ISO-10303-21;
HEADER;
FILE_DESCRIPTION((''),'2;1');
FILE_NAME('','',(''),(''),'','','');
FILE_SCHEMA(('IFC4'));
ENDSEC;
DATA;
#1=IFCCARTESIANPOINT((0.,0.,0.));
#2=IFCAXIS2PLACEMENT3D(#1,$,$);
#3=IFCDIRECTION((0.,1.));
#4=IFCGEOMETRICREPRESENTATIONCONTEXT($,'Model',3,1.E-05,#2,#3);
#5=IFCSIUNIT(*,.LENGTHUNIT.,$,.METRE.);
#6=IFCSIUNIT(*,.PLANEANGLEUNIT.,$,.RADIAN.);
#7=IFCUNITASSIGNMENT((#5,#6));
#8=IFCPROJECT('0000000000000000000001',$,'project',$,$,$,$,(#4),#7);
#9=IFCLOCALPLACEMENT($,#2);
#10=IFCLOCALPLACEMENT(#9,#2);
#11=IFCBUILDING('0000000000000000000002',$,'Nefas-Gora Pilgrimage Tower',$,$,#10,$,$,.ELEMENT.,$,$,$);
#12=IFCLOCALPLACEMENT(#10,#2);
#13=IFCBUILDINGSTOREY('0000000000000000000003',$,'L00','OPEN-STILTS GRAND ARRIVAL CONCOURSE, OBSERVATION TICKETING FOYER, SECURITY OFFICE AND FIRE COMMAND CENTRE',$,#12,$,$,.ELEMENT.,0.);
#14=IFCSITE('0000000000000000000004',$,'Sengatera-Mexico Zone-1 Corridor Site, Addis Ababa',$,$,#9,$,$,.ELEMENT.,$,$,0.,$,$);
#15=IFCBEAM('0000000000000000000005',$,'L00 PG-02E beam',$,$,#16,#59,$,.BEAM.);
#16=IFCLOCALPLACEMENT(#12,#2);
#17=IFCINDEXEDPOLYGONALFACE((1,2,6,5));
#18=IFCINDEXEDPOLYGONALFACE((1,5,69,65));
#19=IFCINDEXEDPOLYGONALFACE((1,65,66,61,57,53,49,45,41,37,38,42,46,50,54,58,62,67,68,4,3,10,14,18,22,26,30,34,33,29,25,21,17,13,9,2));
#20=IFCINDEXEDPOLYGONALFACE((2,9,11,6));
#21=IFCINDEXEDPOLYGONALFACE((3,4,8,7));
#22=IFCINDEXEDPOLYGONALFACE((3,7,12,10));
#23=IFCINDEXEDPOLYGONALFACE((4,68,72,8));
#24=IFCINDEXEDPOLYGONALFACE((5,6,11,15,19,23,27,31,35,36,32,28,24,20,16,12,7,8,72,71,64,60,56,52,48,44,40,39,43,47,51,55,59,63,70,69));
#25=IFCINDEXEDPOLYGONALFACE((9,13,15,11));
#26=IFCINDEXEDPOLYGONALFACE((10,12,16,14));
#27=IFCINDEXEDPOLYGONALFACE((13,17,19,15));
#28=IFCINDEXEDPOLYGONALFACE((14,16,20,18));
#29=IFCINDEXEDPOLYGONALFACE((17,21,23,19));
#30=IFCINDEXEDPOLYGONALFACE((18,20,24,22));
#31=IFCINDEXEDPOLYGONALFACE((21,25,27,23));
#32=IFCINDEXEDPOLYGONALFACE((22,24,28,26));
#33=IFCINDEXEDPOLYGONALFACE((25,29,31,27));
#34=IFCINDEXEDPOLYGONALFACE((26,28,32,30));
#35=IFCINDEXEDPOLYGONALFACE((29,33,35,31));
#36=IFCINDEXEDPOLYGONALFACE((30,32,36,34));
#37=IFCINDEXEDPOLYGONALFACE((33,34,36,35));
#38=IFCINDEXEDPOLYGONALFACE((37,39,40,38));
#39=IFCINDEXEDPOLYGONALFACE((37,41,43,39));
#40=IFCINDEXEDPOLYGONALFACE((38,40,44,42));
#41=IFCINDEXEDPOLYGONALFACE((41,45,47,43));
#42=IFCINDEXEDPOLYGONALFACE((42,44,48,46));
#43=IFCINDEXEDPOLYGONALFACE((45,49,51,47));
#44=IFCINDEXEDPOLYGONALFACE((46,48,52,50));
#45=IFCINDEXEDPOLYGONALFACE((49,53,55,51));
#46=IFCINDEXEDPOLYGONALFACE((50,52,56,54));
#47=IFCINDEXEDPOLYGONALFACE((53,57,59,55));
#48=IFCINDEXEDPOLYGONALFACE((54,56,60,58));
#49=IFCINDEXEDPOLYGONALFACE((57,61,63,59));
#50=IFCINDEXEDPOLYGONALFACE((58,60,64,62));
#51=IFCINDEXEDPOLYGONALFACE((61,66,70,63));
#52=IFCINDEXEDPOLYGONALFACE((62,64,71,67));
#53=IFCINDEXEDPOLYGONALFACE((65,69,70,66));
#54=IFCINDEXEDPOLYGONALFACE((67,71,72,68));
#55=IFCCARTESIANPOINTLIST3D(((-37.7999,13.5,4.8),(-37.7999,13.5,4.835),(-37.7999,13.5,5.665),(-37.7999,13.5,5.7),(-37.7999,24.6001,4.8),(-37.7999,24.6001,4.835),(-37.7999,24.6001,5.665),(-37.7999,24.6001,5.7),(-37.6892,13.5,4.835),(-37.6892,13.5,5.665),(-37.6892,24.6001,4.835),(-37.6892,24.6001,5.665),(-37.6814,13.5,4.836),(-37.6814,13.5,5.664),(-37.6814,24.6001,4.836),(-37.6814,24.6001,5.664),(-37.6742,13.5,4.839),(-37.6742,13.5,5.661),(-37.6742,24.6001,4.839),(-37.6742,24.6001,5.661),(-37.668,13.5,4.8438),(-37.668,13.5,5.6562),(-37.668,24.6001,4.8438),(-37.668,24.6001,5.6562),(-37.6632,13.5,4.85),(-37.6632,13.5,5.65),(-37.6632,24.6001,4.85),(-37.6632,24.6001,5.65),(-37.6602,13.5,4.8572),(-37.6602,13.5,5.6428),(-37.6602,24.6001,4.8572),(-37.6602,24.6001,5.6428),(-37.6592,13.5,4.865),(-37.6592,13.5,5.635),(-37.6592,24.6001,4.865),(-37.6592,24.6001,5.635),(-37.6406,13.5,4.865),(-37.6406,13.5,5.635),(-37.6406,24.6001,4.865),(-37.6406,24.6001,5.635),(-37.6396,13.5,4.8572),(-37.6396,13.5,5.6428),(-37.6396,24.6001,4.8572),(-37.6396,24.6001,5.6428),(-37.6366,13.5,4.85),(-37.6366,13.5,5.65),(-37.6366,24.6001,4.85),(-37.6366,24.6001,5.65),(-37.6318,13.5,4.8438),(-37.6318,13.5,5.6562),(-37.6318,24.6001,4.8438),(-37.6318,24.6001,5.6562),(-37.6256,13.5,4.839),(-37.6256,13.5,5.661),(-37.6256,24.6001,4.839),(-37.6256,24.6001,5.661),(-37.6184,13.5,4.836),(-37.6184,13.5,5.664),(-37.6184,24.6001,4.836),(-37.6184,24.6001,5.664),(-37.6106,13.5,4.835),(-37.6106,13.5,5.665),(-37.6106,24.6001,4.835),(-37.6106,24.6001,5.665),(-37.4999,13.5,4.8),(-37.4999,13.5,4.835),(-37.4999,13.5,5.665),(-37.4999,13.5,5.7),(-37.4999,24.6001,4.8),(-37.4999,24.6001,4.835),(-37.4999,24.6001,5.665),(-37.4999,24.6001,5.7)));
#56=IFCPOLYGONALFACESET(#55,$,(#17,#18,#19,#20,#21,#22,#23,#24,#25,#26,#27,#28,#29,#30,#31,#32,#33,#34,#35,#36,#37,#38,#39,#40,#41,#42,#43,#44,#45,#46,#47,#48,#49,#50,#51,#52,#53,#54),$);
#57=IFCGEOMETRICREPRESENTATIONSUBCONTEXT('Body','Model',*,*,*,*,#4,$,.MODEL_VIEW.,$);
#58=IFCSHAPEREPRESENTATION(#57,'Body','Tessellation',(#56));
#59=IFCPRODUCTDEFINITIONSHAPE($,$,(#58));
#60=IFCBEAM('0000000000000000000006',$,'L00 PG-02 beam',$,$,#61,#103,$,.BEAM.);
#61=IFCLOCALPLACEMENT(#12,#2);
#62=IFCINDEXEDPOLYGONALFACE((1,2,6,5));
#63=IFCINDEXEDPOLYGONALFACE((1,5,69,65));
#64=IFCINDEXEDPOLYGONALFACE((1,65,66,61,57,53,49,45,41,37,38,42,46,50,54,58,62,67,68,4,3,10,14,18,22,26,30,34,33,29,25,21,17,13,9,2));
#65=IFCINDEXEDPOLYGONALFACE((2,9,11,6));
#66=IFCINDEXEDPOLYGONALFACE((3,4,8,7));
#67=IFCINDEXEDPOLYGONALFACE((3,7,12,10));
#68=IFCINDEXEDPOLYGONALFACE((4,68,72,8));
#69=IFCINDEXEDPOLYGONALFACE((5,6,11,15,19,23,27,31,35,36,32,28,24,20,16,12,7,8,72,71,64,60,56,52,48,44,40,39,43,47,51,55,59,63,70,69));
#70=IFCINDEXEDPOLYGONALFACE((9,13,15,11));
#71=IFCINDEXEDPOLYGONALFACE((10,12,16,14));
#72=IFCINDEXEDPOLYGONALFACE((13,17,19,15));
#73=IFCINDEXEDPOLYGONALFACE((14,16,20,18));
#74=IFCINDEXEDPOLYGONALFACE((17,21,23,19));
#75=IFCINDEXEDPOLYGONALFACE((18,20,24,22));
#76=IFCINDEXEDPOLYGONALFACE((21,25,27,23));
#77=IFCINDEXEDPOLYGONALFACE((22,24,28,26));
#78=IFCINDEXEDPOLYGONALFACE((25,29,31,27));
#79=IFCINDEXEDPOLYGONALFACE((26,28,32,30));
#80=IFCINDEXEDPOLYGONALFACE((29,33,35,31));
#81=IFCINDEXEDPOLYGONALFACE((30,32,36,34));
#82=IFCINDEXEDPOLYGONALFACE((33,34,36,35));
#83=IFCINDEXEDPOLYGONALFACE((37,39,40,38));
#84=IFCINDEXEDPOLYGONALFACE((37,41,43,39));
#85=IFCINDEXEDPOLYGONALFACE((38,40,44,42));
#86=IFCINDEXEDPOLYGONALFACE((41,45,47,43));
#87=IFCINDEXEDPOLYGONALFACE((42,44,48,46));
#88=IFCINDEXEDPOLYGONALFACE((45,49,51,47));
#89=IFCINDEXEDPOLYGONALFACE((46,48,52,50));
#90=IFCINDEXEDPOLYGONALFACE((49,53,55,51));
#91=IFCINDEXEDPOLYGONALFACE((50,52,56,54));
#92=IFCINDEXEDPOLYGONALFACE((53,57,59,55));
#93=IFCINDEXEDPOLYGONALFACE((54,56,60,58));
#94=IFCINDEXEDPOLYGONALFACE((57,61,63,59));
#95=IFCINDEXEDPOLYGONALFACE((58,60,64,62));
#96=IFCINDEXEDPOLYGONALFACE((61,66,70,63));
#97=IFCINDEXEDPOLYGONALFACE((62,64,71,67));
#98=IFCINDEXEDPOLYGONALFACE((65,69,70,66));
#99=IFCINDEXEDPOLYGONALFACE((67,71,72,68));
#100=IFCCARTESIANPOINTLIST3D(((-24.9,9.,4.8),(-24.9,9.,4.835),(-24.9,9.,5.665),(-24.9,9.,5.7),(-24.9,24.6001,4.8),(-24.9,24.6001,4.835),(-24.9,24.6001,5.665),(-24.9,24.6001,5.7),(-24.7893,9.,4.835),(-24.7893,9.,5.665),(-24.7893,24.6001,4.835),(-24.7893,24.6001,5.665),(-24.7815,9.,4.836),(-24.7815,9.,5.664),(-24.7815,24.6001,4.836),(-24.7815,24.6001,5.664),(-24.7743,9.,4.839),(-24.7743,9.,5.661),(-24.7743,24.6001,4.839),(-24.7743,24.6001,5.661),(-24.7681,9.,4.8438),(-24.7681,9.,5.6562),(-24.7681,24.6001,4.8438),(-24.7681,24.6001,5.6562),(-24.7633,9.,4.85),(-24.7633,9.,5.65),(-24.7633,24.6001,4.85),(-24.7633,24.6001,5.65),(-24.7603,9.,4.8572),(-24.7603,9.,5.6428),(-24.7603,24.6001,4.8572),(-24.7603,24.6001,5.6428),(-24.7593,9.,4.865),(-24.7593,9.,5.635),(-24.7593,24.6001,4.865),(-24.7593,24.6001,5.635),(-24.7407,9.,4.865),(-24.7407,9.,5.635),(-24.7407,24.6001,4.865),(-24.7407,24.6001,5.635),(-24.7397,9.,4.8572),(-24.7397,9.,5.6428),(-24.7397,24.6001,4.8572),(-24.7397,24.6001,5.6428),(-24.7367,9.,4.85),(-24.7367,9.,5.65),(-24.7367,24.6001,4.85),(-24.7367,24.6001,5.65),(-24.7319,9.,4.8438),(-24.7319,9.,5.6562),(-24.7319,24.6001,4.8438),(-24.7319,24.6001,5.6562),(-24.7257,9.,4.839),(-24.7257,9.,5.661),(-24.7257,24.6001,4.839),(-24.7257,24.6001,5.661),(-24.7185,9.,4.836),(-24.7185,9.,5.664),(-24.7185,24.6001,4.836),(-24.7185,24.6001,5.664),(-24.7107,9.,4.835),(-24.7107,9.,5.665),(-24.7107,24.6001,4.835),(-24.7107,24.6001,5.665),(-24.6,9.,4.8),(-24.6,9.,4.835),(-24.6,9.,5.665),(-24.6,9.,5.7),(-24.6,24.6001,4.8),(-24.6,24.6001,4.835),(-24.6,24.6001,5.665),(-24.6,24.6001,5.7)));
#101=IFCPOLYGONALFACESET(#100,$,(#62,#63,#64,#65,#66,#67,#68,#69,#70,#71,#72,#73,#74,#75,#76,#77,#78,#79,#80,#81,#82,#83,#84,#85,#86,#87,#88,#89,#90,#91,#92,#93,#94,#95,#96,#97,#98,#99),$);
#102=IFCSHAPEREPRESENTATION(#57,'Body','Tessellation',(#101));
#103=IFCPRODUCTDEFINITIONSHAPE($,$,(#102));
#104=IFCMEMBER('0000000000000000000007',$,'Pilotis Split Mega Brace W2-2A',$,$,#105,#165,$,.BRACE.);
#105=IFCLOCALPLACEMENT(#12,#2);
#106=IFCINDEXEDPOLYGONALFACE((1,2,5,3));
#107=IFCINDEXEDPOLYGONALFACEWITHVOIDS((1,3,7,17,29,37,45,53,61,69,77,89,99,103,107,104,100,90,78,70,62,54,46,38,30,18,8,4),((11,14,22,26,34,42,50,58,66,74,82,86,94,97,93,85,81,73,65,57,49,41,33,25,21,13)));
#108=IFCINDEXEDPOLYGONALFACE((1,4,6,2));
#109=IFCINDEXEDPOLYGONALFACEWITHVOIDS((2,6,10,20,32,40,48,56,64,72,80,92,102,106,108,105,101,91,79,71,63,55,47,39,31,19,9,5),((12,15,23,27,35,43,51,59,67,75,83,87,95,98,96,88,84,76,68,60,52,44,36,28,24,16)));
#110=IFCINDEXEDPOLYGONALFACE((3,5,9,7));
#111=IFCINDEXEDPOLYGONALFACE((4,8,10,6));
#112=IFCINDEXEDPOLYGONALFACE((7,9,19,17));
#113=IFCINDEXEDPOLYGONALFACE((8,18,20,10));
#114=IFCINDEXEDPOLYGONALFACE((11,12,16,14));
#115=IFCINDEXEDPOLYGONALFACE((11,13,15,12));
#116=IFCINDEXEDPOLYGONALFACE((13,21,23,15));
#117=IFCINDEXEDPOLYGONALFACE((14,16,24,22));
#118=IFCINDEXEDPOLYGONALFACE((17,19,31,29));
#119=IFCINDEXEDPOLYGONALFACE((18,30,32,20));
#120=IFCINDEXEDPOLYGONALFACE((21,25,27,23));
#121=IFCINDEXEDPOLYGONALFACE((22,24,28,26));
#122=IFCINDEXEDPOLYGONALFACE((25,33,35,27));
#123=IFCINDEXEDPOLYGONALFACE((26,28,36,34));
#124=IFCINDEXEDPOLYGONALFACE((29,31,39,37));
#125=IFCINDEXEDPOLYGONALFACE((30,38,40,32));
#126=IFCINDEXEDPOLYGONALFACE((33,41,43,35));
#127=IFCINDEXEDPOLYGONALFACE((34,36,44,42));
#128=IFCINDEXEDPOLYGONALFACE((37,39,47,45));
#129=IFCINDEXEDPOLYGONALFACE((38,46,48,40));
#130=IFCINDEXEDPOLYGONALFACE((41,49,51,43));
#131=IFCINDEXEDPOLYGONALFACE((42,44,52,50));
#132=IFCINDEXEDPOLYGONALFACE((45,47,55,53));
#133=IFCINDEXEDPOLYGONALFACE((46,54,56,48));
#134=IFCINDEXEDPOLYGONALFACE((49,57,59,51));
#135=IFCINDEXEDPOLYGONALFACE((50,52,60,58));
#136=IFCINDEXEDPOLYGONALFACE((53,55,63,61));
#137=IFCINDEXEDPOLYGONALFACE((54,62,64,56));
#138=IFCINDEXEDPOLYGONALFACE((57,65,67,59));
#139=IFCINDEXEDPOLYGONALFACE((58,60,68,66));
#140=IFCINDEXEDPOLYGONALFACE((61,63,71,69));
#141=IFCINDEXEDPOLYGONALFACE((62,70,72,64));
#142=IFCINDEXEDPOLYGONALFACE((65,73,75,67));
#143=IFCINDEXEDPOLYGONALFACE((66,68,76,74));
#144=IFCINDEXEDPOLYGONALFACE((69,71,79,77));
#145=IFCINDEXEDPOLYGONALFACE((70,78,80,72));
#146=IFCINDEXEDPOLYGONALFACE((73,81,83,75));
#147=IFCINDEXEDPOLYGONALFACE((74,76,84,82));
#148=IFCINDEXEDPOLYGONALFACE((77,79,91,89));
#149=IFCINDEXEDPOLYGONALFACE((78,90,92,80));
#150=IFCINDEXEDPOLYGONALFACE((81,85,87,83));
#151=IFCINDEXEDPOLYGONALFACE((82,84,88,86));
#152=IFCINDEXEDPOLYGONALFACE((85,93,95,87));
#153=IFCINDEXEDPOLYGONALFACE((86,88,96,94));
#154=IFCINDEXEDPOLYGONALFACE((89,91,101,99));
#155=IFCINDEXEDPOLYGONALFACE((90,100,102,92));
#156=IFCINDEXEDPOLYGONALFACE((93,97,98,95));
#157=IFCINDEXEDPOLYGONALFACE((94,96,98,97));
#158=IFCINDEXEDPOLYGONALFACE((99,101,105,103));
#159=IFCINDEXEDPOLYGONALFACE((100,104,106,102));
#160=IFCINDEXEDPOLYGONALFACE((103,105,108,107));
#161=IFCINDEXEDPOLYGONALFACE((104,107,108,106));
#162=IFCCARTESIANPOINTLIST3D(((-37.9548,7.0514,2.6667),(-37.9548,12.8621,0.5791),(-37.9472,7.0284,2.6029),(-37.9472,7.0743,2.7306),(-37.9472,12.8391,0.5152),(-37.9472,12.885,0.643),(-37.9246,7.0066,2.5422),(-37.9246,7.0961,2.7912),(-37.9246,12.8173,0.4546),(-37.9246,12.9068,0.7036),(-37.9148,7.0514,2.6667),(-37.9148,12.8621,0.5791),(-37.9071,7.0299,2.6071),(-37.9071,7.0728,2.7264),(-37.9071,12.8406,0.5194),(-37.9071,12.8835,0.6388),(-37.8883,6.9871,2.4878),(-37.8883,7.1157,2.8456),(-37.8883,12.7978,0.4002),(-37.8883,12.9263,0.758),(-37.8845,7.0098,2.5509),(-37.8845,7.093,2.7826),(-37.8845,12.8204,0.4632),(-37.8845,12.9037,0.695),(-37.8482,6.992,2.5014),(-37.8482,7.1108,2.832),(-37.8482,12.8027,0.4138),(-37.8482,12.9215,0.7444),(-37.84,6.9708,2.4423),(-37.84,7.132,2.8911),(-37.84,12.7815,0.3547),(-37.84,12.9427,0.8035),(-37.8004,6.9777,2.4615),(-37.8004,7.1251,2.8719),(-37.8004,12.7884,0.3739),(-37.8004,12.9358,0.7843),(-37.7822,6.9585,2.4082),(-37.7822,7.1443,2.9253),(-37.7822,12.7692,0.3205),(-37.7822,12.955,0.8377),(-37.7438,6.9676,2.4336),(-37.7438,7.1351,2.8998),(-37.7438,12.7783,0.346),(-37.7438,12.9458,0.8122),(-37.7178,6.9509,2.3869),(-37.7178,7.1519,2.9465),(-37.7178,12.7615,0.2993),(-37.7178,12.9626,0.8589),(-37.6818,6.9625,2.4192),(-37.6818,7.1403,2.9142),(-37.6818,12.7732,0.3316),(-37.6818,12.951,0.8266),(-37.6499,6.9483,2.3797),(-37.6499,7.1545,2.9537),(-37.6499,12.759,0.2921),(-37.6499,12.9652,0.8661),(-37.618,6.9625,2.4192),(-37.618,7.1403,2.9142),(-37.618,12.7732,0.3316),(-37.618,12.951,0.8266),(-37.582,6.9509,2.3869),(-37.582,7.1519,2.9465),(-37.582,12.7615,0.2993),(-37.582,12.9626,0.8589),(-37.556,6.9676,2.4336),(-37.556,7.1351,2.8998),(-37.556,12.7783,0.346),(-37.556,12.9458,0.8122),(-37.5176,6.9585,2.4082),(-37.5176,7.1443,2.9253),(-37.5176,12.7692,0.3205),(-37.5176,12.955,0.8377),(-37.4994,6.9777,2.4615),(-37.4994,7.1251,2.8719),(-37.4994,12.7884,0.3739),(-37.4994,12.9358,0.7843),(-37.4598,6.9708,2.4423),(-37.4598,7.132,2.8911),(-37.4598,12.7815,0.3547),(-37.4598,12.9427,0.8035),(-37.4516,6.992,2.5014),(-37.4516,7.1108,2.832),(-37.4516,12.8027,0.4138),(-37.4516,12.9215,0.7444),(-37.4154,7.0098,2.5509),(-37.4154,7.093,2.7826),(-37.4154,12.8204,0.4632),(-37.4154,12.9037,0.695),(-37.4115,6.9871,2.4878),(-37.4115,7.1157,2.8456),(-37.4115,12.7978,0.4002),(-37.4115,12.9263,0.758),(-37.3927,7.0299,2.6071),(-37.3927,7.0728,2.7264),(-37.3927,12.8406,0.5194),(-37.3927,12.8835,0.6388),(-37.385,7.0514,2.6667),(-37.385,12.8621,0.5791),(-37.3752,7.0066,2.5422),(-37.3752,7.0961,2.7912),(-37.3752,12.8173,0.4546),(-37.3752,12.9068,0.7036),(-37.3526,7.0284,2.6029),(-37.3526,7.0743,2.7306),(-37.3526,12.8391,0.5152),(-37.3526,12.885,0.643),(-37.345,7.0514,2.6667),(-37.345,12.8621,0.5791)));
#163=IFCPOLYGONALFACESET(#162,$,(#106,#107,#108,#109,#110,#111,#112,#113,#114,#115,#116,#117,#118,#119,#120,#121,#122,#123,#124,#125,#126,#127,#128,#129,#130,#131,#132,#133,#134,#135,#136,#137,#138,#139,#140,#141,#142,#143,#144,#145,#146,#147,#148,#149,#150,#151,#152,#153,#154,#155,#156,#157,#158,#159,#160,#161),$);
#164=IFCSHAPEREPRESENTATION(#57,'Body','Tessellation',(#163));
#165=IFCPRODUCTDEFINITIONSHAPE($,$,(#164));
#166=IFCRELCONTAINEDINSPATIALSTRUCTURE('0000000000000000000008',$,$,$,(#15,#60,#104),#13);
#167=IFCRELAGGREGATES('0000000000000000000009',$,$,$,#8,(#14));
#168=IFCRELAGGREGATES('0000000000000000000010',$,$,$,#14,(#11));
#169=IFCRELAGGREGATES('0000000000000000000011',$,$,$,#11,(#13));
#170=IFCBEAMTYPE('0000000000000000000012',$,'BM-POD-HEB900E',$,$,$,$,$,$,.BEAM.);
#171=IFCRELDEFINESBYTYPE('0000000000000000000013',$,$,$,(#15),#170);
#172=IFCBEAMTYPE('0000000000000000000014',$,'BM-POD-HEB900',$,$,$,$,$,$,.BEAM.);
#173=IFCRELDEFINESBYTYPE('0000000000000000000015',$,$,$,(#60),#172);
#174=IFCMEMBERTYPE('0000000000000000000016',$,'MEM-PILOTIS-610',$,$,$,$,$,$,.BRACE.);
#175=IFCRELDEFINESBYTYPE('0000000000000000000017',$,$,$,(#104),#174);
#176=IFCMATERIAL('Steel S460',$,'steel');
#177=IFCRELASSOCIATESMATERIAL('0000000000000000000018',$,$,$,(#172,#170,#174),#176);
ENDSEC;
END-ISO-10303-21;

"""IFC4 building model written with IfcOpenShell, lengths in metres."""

from ifc_helpers import new_model, si_unit, direction, frame, origin, origin_2d, place, context, subcontext, project, spatial, hollow_circle, i_section, extrude, source, transform, mapped, material, material_profile, profile_set, type_object, element, save


model = new_model("IFC4")

# Units and contexts
model_context = context("Model", 3, precision=1e-05, world=origin(), true_north=direction((0.0, 1.0)))
body_context = subcontext(model_context, "Body", "Model", "MODEL_VIEW")
ifc_project = project(units=[si_unit("LENGTHUNIT", "METRE"), si_unit("PLANEANGLEUNIT", "RADIAN")], contexts=[model_context])

# Site, building, storey
site_placement = place(None, origin())
site = spatial("IfcSite", under=ifc_project, at=site_placement, Name="Sengatera-Mexico Zone-1 Corridor Site, Addis Ababa", CompositionType="ELEMENT", RefElevation=0.0)
building_placement = place(site_placement, origin())
building = spatial("IfcBuilding", under=site, at=building_placement, Name="Nefas-Gora Pilgrimage Tower", CompositionType="ELEMENT")
storey_placement = place(building_placement, origin())
storey = spatial("IfcBuildingStorey", under=building, at=storey_placement, Name="L00", Description="OPEN-STILTS GRAND ARRIVAL CONCOURSE, OBSERVATION TICKETING FOYER, SECURITY OFFICE AND FIRE COMMAND CENTRE", CompositionType="ELEMENT", Elevation=0.0)

# Shared definitions
ifc_material_1 = material(Name="Steel S460", Category="steel")

# Beams
ifc_material_profile_1 = material_profile(ifc_material_1, i_section(OverallWidth=0.3, OverallDepth=0.8999, WebThickness=0.0186, FlangeThickness=0.0349, FilletRadius=0.03, at=origin_2d()), Name="HEB 900")
ifc_profile_set_1 = profile_set([ifc_material_profile_1], Name="Steel S460")
beam_type_1 = type_object("IfcBeamType", Name="BM-POD-HEB900", PredefinedType="BEAM", material=ifc_profile_set_1)
ifc_material_profile_2 = material_profile(ifc_material_1, i_section(OverallWidth=0.3, OverallDepth=0.8999, WebThickness=0.0186, FlangeThickness=0.0349, FilletRadius=0.03, at=origin_2d()), Name="HEB 900")
ifc_profile_set_2 = profile_set([ifc_material_profile_2], Name="Steel S460")
beam_type_2 = type_object("IfcBeamType", Name="BM-POD-HEB900E", PredefinedType="BEAM", material=ifc_profile_set_2)
shared_shape_1 = source(origin(), body_context, "Body", "SweptSolid", [
    extrude(i_section(OverallWidth=0.3, OverallDepth=0.8999, WebThickness=0.0186, FlangeThickness=0.0349, FilletRadius=0.03, at=origin_2d()), origin(), (0.0, 0.0, 1.0), 11.1001),
])
beam_1_placement = place(storey_placement, frame((-37.6499, 13.5, 5.25), z_axis=(0.0, 1.0, 0.0), x_axis=(-1.0, 0.0, 0.0)))
element("IfcBeam", 1, at=beam_1_placement, inside=storey, type_object=beam_type_2, Name="L00 PG-02E beam", PredefinedType="BEAM", context=body_context, shape_type="MappedRepresentation", body=[
    mapped(shared_shape_1, transform((0.0, 0.0, 0.0), x_axis=(1.0, 0.0, 0.0), y_axis=(0.0, 1.0, 0.0), z_axis=(0.0, 0.0, 1.0), scale=1.0)),
])
shared_shape_2 = source(origin(), body_context, "Body", "SweptSolid", [
    extrude(i_section(OverallWidth=0.3, OverallDepth=0.8999, WebThickness=0.0186, FlangeThickness=0.0349, FilletRadius=0.03, at=origin_2d()), origin(), (0.0, 0.0, 1.0), 15.6001),
])
beam_2_placement = place(storey_placement, frame((-24.75, 9.0, 5.25), z_axis=(0.0, 1.0, 0.0), x_axis=(-1.0, 0.0, 0.0)))
element("IfcBeam", 2, at=beam_2_placement, inside=storey, type_object=beam_type_1, Name="L00 PG-02 beam", PredefinedType="BEAM", context=body_context, shape_type="MappedRepresentation", body=[
    mapped(shared_shape_2, transform((0.0, 0.0, 0.0), x_axis=(1.0, 0.0, 0.0), y_axis=(0.0, 1.0, 0.0), z_axis=(0.0, 0.0, 1.0), scale=1.0)),
])

# Member
ifc_material_profile_3 = material_profile(ifc_material_1, hollow_circle(Radius=0.3049, WallThickness=0.04, at=origin_2d()), Name="CHS 610x40")
ifc_profile_set_3 = profile_set([ifc_material_profile_3], Name="Steel S460")
member_type = type_object("IfcMemberType", Name="MEM-PILOTIS-610", PredefinedType="BRACE", material=ifc_profile_set_3)
shared_shape_3 = source(origin(), body_context, "Body", "SweptSolid", [
    extrude(hollow_circle(Radius=0.3049, WallThickness=0.04, at=origin_2d()), origin(), (0.0, 0.0, 1.0), 6.1743),
])
for number, where, z_axis, x_axis, name in (
    (3, (-37.6499, 12.8621, 0.5791), (0.0, -0.941106, 0.338112), (1.0, 0.0, 0.0), "Pilotis Split Mega Brace W2-2A"),
):
    element("IfcMember", number, at=place(storey_placement, frame(where, z_axis=z_axis, x_axis=x_axis)), inside=storey, type_object=member_type, Name=name, PredefinedType="BRACE", context=body_context, shape_type="MappedRepresentation", body=[
        mapped(shared_shape_3, transform((0.0, 0.0, 0.0), x_axis=(1.0, 0.0, 0.0), y_axis=(0.0, 1.0, 0.0), z_axis=(0.0, 0.0, 1.0), scale=1.0)),
    ])

save(model, "model.ifc")
